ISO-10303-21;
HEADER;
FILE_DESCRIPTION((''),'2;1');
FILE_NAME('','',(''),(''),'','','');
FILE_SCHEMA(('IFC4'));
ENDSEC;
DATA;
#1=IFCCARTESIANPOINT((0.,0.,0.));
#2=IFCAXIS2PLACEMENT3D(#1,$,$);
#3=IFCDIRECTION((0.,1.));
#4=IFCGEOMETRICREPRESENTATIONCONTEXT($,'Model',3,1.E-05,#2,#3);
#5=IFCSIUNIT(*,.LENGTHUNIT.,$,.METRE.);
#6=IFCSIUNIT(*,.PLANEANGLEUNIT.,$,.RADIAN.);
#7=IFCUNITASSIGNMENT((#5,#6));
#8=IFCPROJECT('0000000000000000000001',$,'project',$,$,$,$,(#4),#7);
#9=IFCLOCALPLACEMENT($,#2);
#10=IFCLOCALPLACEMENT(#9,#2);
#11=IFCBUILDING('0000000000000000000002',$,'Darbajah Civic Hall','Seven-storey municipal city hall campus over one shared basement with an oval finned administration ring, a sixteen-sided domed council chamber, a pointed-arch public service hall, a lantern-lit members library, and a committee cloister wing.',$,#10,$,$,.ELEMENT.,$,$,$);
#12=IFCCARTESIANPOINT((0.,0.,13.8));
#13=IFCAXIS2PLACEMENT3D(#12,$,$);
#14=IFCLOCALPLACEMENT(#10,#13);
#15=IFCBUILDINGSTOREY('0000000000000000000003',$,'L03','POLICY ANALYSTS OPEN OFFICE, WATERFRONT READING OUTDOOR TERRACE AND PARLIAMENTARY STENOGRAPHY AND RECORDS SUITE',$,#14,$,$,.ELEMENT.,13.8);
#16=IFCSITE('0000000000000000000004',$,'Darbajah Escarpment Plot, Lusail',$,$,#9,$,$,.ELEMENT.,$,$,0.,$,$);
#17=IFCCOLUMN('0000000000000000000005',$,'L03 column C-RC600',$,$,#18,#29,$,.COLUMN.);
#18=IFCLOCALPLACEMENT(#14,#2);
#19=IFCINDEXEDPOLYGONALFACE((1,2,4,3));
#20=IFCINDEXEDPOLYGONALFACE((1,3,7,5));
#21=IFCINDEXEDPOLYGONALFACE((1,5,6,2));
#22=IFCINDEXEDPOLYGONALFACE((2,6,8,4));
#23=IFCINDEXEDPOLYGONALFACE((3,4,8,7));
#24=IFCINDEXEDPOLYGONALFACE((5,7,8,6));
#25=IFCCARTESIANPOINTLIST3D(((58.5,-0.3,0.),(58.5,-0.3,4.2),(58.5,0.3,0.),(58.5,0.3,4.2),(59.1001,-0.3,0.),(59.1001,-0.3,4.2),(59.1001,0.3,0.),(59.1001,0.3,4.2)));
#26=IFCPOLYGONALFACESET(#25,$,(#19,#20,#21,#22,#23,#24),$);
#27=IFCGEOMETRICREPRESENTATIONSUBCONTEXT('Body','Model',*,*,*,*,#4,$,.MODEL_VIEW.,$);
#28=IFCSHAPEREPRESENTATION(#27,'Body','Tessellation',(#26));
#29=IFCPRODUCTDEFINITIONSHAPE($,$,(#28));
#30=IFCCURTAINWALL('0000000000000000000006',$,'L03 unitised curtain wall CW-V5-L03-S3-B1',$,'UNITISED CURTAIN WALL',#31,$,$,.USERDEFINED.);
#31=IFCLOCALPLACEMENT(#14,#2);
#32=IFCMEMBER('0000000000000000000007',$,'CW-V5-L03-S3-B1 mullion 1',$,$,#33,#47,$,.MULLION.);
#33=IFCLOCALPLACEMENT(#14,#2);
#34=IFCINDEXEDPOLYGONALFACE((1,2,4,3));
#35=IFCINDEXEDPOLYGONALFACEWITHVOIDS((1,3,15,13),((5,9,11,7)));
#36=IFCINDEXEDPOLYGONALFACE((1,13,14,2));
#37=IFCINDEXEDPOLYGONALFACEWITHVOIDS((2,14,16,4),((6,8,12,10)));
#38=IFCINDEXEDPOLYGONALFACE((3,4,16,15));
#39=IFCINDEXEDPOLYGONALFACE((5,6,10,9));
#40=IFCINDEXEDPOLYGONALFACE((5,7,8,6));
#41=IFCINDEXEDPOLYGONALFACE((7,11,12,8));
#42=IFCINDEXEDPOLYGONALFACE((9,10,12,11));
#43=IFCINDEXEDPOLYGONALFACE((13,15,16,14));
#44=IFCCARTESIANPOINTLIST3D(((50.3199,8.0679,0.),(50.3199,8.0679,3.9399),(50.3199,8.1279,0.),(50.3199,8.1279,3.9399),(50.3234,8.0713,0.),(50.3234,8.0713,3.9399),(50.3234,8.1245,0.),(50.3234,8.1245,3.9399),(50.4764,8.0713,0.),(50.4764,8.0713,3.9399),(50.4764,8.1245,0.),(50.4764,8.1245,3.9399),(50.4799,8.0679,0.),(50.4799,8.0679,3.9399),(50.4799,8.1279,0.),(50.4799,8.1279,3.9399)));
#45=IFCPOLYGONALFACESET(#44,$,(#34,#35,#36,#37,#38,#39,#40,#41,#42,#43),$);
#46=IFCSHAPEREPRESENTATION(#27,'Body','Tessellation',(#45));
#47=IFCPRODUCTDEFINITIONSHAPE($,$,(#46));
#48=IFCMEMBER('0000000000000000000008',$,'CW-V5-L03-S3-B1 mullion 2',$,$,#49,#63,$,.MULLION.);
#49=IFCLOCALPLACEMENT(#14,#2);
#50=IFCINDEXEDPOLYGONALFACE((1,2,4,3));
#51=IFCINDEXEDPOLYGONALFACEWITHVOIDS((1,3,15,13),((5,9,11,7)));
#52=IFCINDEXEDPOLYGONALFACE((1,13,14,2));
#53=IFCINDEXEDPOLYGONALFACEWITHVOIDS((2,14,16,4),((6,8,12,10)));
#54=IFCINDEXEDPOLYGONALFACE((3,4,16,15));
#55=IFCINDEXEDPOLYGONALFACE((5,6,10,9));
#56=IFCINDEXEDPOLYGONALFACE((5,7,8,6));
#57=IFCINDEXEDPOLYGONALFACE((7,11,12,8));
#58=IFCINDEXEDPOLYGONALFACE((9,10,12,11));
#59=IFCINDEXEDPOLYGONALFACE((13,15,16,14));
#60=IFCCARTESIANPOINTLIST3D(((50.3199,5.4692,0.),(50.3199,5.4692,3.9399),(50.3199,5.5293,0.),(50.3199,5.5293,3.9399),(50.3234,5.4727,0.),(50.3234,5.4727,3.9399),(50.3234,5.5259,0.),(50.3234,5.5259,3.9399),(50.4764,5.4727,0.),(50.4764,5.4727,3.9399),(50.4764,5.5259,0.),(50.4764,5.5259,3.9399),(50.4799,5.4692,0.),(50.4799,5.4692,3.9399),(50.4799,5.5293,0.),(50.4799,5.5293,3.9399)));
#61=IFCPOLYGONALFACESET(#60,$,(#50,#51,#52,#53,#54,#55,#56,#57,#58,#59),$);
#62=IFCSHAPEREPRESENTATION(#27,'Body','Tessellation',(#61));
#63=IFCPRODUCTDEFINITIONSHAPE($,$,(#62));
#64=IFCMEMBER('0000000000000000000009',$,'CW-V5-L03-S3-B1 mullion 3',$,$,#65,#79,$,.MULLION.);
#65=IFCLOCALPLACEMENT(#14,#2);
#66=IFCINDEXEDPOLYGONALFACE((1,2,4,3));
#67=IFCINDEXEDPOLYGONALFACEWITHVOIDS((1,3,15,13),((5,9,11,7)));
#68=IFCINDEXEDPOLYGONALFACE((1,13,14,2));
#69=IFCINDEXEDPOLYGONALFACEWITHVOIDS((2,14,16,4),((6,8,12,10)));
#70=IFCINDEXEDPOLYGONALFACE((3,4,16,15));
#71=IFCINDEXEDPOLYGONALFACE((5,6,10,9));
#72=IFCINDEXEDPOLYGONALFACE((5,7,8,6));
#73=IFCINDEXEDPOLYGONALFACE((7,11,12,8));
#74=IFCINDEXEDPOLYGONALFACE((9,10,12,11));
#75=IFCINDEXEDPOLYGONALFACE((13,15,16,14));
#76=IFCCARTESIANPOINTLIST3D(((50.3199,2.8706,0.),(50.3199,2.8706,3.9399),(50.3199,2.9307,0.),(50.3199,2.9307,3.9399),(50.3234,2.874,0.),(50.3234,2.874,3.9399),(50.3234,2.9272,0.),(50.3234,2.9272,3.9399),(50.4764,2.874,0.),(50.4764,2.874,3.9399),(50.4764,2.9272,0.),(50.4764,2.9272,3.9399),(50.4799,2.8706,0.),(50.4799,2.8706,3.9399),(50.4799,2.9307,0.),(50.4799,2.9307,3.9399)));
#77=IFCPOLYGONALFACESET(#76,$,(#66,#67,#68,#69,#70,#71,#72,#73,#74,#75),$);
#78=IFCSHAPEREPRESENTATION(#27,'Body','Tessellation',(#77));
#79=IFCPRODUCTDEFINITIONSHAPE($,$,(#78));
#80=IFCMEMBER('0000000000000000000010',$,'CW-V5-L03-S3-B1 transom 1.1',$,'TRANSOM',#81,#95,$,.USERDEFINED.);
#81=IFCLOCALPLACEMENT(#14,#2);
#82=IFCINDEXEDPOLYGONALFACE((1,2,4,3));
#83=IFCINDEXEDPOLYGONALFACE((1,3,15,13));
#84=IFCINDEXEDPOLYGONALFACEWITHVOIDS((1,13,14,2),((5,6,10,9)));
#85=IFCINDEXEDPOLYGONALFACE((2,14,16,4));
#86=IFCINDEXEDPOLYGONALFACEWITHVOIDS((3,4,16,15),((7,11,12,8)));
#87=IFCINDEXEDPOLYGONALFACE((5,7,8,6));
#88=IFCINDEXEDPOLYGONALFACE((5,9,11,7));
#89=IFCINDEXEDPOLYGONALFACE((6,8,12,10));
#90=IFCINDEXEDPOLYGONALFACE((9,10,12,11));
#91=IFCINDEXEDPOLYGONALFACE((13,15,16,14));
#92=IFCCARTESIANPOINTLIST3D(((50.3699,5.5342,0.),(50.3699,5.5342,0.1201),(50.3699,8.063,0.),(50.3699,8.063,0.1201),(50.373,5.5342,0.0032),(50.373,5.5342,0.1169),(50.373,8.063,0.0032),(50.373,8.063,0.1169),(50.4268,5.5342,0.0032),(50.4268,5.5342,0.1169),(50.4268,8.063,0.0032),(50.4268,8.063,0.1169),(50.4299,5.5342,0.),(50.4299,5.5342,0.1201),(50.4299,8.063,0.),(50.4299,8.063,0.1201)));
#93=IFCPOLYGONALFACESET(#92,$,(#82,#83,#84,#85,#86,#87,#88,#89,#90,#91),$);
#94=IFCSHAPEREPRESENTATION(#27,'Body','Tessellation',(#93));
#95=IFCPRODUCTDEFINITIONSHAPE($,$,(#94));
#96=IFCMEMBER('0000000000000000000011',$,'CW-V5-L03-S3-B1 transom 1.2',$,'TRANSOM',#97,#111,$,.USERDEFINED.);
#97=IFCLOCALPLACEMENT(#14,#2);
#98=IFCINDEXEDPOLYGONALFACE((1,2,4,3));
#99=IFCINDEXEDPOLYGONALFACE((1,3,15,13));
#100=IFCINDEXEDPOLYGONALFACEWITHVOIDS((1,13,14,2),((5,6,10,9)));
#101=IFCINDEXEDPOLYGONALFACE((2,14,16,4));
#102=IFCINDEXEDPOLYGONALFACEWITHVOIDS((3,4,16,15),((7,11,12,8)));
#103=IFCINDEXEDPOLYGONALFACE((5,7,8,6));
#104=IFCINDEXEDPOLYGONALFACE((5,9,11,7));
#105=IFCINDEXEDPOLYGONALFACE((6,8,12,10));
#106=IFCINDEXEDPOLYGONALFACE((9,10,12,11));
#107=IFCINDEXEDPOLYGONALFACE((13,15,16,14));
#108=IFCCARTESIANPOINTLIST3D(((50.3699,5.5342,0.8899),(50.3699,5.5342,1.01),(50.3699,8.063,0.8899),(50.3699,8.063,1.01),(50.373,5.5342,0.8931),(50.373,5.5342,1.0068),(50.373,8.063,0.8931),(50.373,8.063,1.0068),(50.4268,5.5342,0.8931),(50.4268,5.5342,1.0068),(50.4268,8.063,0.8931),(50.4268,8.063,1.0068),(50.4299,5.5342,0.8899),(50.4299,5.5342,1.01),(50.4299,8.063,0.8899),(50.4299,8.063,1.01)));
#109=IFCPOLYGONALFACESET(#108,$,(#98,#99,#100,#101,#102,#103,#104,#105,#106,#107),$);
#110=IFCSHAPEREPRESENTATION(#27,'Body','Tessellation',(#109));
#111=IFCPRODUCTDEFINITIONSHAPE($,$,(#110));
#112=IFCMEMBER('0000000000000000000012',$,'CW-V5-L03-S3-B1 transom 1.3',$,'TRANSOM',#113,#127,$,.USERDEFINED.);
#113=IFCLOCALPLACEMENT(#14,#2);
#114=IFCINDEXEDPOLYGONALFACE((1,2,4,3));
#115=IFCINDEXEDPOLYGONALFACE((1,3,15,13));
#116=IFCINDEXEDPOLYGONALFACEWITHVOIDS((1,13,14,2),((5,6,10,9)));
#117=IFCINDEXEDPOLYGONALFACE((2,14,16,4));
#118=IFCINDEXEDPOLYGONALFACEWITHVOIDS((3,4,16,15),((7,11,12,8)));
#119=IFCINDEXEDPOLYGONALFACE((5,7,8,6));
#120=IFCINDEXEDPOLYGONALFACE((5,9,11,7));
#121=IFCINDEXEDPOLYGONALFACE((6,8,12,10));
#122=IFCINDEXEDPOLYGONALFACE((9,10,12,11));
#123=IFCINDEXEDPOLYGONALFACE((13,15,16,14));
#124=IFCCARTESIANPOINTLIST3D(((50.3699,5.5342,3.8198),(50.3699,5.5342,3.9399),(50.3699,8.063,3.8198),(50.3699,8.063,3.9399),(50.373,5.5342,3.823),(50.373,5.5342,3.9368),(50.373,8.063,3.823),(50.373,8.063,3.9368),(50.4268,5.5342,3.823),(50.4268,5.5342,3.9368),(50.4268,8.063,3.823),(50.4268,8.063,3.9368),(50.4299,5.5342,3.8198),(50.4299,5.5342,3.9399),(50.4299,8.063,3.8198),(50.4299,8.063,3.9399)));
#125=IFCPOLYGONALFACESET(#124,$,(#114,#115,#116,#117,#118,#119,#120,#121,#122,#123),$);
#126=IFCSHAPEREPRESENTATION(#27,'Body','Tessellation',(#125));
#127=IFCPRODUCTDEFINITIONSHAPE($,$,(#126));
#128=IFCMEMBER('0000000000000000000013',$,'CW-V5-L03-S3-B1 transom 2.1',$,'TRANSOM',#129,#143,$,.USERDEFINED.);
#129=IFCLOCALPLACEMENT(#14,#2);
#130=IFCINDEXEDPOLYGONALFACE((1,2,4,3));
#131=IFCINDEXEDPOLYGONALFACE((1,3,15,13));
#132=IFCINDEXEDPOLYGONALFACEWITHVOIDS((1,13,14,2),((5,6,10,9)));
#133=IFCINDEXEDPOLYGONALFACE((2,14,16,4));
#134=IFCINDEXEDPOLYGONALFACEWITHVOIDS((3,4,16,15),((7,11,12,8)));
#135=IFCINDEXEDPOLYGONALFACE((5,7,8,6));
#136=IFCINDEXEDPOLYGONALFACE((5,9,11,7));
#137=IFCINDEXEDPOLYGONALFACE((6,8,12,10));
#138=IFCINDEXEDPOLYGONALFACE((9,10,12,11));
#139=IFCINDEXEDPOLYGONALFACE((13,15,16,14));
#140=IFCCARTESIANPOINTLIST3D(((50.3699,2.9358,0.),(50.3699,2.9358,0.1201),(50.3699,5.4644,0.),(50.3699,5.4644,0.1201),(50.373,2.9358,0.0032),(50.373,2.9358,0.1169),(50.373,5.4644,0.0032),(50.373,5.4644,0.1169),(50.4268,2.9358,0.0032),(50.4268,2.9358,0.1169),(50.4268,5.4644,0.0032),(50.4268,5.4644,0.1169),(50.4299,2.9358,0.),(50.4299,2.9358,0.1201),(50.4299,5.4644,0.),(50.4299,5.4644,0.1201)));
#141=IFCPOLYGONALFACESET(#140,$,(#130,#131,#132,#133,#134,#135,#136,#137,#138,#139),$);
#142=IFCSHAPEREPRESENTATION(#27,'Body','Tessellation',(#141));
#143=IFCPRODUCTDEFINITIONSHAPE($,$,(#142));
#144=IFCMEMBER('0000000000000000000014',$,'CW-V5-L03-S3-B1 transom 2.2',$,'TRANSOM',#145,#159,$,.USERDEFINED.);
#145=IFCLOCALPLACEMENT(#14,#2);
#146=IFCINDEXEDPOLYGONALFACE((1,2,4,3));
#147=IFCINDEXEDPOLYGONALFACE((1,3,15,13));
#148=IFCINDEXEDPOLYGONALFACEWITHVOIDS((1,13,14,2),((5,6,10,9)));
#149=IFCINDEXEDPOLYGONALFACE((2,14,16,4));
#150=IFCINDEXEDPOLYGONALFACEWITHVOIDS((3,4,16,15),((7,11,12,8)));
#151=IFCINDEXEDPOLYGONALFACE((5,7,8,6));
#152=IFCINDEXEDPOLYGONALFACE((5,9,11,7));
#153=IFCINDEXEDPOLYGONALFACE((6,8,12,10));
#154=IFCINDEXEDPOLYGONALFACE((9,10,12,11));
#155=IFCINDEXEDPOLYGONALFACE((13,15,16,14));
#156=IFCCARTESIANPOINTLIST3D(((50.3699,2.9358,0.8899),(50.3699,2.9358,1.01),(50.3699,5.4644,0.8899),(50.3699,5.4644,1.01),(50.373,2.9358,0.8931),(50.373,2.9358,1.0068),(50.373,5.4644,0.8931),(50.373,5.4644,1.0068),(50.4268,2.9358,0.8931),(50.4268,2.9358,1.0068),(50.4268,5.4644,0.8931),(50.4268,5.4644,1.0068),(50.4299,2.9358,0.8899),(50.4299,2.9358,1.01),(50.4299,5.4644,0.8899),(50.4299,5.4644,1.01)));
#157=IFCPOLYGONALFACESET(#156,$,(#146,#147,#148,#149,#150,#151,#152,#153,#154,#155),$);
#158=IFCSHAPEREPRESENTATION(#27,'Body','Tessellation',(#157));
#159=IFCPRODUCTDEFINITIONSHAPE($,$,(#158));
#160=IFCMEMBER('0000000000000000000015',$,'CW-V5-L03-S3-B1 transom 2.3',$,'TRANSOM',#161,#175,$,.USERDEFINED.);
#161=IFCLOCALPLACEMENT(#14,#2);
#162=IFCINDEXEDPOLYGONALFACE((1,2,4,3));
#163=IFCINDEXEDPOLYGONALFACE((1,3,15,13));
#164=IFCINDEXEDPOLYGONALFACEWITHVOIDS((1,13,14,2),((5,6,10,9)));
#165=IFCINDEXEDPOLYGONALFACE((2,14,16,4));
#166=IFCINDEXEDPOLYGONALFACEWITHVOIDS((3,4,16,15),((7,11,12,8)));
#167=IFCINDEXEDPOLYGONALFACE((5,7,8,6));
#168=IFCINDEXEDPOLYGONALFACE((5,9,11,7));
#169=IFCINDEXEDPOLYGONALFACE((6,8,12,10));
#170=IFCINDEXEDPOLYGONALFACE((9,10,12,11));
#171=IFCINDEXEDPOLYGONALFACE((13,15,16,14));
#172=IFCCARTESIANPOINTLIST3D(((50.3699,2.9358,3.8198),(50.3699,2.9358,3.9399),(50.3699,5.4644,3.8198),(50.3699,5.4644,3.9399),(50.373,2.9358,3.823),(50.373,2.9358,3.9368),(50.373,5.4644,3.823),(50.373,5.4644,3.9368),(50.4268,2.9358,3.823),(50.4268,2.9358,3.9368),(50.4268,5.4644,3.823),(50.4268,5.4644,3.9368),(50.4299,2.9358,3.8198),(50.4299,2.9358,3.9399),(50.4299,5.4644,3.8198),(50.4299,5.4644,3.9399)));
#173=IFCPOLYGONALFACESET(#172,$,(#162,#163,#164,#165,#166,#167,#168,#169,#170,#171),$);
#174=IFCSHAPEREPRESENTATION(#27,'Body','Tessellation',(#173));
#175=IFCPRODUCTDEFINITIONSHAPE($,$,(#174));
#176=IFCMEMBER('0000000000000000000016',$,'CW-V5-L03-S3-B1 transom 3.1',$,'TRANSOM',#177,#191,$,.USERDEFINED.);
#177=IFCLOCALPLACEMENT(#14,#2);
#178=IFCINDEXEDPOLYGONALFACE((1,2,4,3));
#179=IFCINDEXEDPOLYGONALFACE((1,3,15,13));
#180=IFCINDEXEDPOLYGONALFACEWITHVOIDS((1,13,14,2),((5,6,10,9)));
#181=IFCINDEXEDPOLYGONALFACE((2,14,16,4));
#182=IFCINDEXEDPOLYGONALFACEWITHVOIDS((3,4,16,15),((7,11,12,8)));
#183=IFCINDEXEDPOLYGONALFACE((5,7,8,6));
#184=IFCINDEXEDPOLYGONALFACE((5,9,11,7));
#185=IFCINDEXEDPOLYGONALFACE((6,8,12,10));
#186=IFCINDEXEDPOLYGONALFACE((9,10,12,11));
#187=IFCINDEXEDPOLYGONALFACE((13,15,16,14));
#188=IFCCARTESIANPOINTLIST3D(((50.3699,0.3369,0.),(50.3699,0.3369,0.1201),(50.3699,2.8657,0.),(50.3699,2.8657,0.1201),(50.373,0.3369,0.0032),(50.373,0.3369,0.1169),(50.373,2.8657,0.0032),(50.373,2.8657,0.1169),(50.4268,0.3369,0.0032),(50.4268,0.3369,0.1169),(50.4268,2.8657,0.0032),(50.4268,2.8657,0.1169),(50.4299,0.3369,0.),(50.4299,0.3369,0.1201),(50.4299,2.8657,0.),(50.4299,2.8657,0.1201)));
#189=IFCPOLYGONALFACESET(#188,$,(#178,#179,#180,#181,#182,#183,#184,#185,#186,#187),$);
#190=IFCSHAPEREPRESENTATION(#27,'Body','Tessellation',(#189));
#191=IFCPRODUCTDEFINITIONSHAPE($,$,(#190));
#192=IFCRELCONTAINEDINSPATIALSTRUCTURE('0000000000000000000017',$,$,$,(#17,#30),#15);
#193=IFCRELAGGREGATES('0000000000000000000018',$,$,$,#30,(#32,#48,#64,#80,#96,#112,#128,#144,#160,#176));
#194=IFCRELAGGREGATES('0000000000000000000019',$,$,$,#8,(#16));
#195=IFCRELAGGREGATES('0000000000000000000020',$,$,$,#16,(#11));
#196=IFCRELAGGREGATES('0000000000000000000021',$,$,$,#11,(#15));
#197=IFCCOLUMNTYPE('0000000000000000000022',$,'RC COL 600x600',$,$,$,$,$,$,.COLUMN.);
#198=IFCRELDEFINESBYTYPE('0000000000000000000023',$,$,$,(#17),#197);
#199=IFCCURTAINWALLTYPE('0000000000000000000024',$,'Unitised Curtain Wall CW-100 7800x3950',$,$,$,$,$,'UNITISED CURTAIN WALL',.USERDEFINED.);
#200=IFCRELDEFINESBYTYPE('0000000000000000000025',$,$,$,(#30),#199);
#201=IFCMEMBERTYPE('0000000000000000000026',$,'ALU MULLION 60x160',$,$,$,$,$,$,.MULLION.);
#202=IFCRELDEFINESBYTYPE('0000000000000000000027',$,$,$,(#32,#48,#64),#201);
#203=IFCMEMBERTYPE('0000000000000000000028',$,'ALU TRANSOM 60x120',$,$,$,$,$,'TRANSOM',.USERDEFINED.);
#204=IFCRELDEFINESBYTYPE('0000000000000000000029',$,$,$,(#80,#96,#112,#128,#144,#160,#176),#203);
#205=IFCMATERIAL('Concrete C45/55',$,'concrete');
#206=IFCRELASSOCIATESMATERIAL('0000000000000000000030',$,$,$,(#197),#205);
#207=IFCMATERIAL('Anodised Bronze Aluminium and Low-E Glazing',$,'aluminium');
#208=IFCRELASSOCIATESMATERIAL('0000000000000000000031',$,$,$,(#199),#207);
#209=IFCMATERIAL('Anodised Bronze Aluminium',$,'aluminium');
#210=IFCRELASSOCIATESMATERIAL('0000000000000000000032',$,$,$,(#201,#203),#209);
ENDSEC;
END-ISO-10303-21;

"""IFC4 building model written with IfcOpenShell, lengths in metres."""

from ifc_helpers import new_model, si_unit, direction, frame, origin, origin_2d, place, context, subcontext, project, spatial, rectangle, hollow_rectangle, extrude, material, material_profile, profile_set, type_object, element, aggregate, save


model = new_model("IFC4")

# Units and contexts
model_context = context("Model", 3, precision=1e-05, world=origin(), true_north=direction((0.0, 1.0)))
body_context = subcontext(model_context, "Body", "Model", "MODEL_VIEW")
ifc_project = project(units=[si_unit("LENGTHUNIT", "METRE"), si_unit("PLANEANGLEUNIT", "RADIAN")], contexts=[model_context])

# Site, building, storey
site_placement = place(None, origin())
site = spatial("IfcSite", under=ifc_project, at=site_placement, Name="Darbajah Escarpment Plot, Lusail", CompositionType="ELEMENT", RefElevation=0.0)
building_placement = place(site_placement, origin())
building = spatial("IfcBuilding", under=site, at=building_placement, Name="Darbajah Civic Hall", Description="Seven-storey municipal city hall campus over one shared basement with an oval finned administration ring, a sixteen-sided domed council chamber, a pointed-arch public service hall, a lantern-lit members library, and a committee cloister wing.", CompositionType="ELEMENT")
storey_placement = place(building_placement, frame((0.0, 0.0, 13.8)))
storey = spatial("IfcBuildingStorey", under=building, at=storey_placement, Name="L03", Description="POLICY ANALYSTS OPEN OFFICE, WATERFRONT READING OUTDOOR TERRACE AND PARLIAMENTARY STENOGRAPHY AND RECORDS SUITE", CompositionType="ELEMENT", Elevation=13.8)

# Column
ifc_material_1 = material(Name="Concrete C45/55", Category="concrete")
ifc_material_profile_1 = material_profile(ifc_material_1, rectangle(XDim=0.6001, YDim=0.6001, at=origin_2d()), Name="RC COL 600x600")
ifc_profile_set_1 = profile_set([ifc_material_profile_1], Name="Concrete C45/55")
column_type = type_object("IfcColumnType", Name="RC COL 600x600", PredefinedType="COLUMN", material=ifc_profile_set_1)
column_placement = place(storey_placement, frame((58.8, 0.0, 0.0), z_axis=(0.0, 0.0, 1.0), x_axis=(1.0, 0.0, 0.0)))
element("IfcColumn", 1, at=column_placement, inside=storey, type_object=column_type, Name="L03 column C-RC600", PredefinedType="COLUMN", context=body_context, shape_type="SweptSolid", body=[
    extrude(rectangle(XDim=0.6001, YDim=0.6001, at=origin_2d()), origin(), (0.0, 0.0, 1.0), 4.2),
])

# Curtain wall, members
ifc_material_2 = material(Name="Anodised Bronze Aluminium and Low-E Glazing", Category="aluminium")
curtain_wall_type = type_object("IfcCurtainWallType", Name="Unitised Curtain Wall CW-100 7800x3950", ElementType="UNITISED CURTAIN WALL", PredefinedType="USERDEFINED", material=ifc_material_2)
curtain_wall_placement = place(storey_placement, origin())
curtain_wall = element("IfcCurtainWall", 2, at=curtain_wall_placement, inside=storey, type_object=curtain_wall_type, Name="L03 unitised curtain wall CW-V5-L03-S3-B1", ObjectType="UNITISED CURTAIN WALL", PredefinedType="USERDEFINED")
ifc_material_3 = material(Name="Anodised Bronze Aluminium", Category="aluminium")
ifc_material_profile_2 = material_profile(ifc_material_3, hollow_rectangle(XDim=0.0601, YDim=0.1599, WallThickness=0.0034, at=origin_2d()), Name="ALU MULLION 60x160")
ifc_profile_set_2 = profile_set([ifc_material_profile_2], Name="Anodised Bronze Aluminium")
member_type_1 = type_object("IfcMemberType", Name="ALU MULLION 60x160", PredefinedType="MULLION", material=ifc_profile_set_2)
member_1_placement = place(storey_placement, frame((50.3999, 8.0979, 0.0), z_axis=(0.0, 0.0, 1.0), x_axis=(0.0, -1.0, 0.0)))
member_1 = element("IfcMember", 3, at=member_1_placement, type_object=member_type_1, Name="CW-V5-L03-S3-B1 mullion 1", PredefinedType="MULLION", context=body_context, shape_type="SweptSolid", body=[
    extrude(hollow_rectangle(XDim=0.0601, YDim=0.1599, WallThickness=0.0034, at=origin_2d()), origin(), (0.0, 0.0, 1.0), 3.9399),
])
member_2_placement = place(storey_placement, frame((50.3999, 5.4993, 0.0), z_axis=(0.0, 0.0, 1.0), x_axis=(0.0, -1.0, 0.0)))
member_2 = element("IfcMember", 4, at=member_2_placement, type_object=member_type_1, Name="CW-V5-L03-S3-B1 mullion 2", PredefinedType="MULLION", context=body_context, shape_type="SweptSolid", body=[
    extrude(hollow_rectangle(XDim=0.0601, YDim=0.1599, WallThickness=0.0034, at=origin_2d()), origin(), (0.0, 0.0, 1.0), 3.9399),
])
member_3_placement = place(storey_placement, frame((50.3999, 2.9006, 0.0), z_axis=(0.0, 0.0, 1.0), x_axis=(0.0, -1.0, 0.0)))
member_3 = element("IfcMember", 5, at=member_3_placement, type_object=member_type_1, Name="CW-V5-L03-S3-B1 mullion 3", PredefinedType="MULLION", context=body_context, shape_type="SweptSolid", body=[
    extrude(hollow_rectangle(XDim=0.0601, YDim=0.1599, WallThickness=0.0034, at=origin_2d()), origin(), (0.0, 0.0, 1.0), 3.9399),
])
ifc_material_profile_3 = material_profile(ifc_material_3, hollow_rectangle(XDim=0.0601, YDim=0.1201, WallThickness=0.0032, at=origin_2d()), Name="ALU TRANSOM 60x120")
ifc_profile_set_3 = profile_set([ifc_material_profile_3], Name="Anodised Bronze Aluminium")
member_type_2 = type_object("IfcMemberType", Name="ALU TRANSOM 60x120", ElementType="TRANSOM", PredefinedType="USERDEFINED", material=ifc_profile_set_3)
member_4_placement = place(storey_placement, frame((50.3999, 8.063, 0.0601), z_axis=(0.0, -1.0, 0.0), x_axis=(1.0, 0.0, 0.0)))
member_4 = element("IfcMember", 6, at=member_4_placement, type_object=member_type_2, Name="CW-V5-L03-S3-B1 transom 1.1", ObjectType="TRANSOM", PredefinedType="USERDEFINED", context=body_context, shape_type="SweptSolid", body=[
    extrude(hollow_rectangle(XDim=0.0601, YDim=0.1201, WallThickness=0.0032, at=origin_2d()), origin(), (0.0, 0.0, 1.0), 2.5288),
])
member_5_placement = place(storey_placement, frame((50.3999, 8.063, 0.95), z_axis=(0.0, -1.0, 0.0), x_axis=(1.0, 0.0, 0.0)))
member_5 = element("IfcMember", 7, at=member_5_placement, type_object=member_type_2, Name="CW-V5-L03-S3-B1 transom 1.2", ObjectType="TRANSOM", PredefinedType="USERDEFINED", context=body_context, shape_type="SweptSolid", body=[
    extrude(hollow_rectangle(XDim=0.0601, YDim=0.1201, WallThickness=0.0032, at=origin_2d()), origin(), (0.0, 0.0, 1.0), 2.5288),
])
member_6_placement = place(storey_placement, frame((50.3999, 8.063, 3.8799), z_axis=(0.0, -1.0, 0.0), x_axis=(1.0, 0.0, 0.0)))
member_6 = element("IfcMember", 8, at=member_6_placement, type_object=member_type_2, Name="CW-V5-L03-S3-B1 transom 1.3", ObjectType="TRANSOM", PredefinedType="USERDEFINED", context=body_context, shape_type="SweptSolid", body=[
    extrude(hollow_rectangle(XDim=0.0601, YDim=0.1201, WallThickness=0.0032, at=origin_2d()), origin(), (0.0, 0.0, 1.0), 2.5288),
])
member_7_placement = place(storey_placement, frame((50.3999, 5.4644, 0.0601), z_axis=(0.0, -1.0, 0.0), x_axis=(1.0, 0.0, 0.0)))
member_7 = element("IfcMember", 9, at=member_7_placement, type_object=member_type_2, Name="CW-V5-L03-S3-B1 transom 2.1", ObjectType="TRANSOM", PredefinedType="USERDEFINED", context=body_context, shape_type="SweptSolid", body=[
    extrude(hollow_rectangle(XDim=0.0601, YDim=0.1201, WallThickness=0.0032, at=origin_2d()), origin(), (0.0, 0.0, 1.0), 2.5286),
])
member_8_placement = place(storey_placement, frame((50.3999, 5.4644, 0.95), z_axis=(0.0, -1.0, 0.0), x_axis=(1.0, 0.0, 0.0)))
member_8 = element("IfcMember", 10, at=member_8_placement, type_object=member_type_2, Name="CW-V5-L03-S3-B1 transom 2.2", ObjectType="TRANSOM", PredefinedType="USERDEFINED", context=body_context, shape_type="SweptSolid", body=[
    extrude(hollow_rectangle(XDim=0.0601, YDim=0.1201, WallThickness=0.0032, at=origin_2d()), origin(), (0.0, 0.0, 1.0), 2.5286),
])
member_9_placement = place(storey_placement, frame((50.3999, 5.4644, 3.8799), z_axis=(0.0, -1.0, 0.0), x_axis=(1.0, 0.0, 0.0)))
member_9 = element("IfcMember", 11, at=member_9_placement, type_object=member_type_2, Name="CW-V5-L03-S3-B1 transom 2.3", ObjectType="TRANSOM", PredefinedType="USERDEFINED", context=body_context, shape_type="SweptSolid", body=[
    extrude(hollow_rectangle(XDim=0.0601, YDim=0.1201, WallThickness=0.0032, at=origin_2d()), origin(), (0.0, 0.0, 1.0), 2.5286),
])
member_10_placement = place(storey_placement, frame((50.3999, 2.8657, 0.0601), z_axis=(0.0, -1.0, 0.0), x_axis=(1.0, 0.0, 0.0)))
member_10 = element("IfcMember", 12, at=member_10_placement, type_object=member_type_2, Name="CW-V5-L03-S3-B1 transom 3.1", ObjectType="TRANSOM", PredefinedType="USERDEFINED", context=body_context, shape_type="SweptSolid", body=[
    extrude(hollow_rectangle(XDim=0.0601, YDim=0.1201, WallThickness=0.0032, at=origin_2d()), origin(), (0.0, 0.0, 1.0), 2.5288),
])

aggregate(curtain_wall, [member_1, member_2, member_3, member_4, member_5, member_6, member_7, member_8, member_9, member_10])

save(model, "model.ifc")
